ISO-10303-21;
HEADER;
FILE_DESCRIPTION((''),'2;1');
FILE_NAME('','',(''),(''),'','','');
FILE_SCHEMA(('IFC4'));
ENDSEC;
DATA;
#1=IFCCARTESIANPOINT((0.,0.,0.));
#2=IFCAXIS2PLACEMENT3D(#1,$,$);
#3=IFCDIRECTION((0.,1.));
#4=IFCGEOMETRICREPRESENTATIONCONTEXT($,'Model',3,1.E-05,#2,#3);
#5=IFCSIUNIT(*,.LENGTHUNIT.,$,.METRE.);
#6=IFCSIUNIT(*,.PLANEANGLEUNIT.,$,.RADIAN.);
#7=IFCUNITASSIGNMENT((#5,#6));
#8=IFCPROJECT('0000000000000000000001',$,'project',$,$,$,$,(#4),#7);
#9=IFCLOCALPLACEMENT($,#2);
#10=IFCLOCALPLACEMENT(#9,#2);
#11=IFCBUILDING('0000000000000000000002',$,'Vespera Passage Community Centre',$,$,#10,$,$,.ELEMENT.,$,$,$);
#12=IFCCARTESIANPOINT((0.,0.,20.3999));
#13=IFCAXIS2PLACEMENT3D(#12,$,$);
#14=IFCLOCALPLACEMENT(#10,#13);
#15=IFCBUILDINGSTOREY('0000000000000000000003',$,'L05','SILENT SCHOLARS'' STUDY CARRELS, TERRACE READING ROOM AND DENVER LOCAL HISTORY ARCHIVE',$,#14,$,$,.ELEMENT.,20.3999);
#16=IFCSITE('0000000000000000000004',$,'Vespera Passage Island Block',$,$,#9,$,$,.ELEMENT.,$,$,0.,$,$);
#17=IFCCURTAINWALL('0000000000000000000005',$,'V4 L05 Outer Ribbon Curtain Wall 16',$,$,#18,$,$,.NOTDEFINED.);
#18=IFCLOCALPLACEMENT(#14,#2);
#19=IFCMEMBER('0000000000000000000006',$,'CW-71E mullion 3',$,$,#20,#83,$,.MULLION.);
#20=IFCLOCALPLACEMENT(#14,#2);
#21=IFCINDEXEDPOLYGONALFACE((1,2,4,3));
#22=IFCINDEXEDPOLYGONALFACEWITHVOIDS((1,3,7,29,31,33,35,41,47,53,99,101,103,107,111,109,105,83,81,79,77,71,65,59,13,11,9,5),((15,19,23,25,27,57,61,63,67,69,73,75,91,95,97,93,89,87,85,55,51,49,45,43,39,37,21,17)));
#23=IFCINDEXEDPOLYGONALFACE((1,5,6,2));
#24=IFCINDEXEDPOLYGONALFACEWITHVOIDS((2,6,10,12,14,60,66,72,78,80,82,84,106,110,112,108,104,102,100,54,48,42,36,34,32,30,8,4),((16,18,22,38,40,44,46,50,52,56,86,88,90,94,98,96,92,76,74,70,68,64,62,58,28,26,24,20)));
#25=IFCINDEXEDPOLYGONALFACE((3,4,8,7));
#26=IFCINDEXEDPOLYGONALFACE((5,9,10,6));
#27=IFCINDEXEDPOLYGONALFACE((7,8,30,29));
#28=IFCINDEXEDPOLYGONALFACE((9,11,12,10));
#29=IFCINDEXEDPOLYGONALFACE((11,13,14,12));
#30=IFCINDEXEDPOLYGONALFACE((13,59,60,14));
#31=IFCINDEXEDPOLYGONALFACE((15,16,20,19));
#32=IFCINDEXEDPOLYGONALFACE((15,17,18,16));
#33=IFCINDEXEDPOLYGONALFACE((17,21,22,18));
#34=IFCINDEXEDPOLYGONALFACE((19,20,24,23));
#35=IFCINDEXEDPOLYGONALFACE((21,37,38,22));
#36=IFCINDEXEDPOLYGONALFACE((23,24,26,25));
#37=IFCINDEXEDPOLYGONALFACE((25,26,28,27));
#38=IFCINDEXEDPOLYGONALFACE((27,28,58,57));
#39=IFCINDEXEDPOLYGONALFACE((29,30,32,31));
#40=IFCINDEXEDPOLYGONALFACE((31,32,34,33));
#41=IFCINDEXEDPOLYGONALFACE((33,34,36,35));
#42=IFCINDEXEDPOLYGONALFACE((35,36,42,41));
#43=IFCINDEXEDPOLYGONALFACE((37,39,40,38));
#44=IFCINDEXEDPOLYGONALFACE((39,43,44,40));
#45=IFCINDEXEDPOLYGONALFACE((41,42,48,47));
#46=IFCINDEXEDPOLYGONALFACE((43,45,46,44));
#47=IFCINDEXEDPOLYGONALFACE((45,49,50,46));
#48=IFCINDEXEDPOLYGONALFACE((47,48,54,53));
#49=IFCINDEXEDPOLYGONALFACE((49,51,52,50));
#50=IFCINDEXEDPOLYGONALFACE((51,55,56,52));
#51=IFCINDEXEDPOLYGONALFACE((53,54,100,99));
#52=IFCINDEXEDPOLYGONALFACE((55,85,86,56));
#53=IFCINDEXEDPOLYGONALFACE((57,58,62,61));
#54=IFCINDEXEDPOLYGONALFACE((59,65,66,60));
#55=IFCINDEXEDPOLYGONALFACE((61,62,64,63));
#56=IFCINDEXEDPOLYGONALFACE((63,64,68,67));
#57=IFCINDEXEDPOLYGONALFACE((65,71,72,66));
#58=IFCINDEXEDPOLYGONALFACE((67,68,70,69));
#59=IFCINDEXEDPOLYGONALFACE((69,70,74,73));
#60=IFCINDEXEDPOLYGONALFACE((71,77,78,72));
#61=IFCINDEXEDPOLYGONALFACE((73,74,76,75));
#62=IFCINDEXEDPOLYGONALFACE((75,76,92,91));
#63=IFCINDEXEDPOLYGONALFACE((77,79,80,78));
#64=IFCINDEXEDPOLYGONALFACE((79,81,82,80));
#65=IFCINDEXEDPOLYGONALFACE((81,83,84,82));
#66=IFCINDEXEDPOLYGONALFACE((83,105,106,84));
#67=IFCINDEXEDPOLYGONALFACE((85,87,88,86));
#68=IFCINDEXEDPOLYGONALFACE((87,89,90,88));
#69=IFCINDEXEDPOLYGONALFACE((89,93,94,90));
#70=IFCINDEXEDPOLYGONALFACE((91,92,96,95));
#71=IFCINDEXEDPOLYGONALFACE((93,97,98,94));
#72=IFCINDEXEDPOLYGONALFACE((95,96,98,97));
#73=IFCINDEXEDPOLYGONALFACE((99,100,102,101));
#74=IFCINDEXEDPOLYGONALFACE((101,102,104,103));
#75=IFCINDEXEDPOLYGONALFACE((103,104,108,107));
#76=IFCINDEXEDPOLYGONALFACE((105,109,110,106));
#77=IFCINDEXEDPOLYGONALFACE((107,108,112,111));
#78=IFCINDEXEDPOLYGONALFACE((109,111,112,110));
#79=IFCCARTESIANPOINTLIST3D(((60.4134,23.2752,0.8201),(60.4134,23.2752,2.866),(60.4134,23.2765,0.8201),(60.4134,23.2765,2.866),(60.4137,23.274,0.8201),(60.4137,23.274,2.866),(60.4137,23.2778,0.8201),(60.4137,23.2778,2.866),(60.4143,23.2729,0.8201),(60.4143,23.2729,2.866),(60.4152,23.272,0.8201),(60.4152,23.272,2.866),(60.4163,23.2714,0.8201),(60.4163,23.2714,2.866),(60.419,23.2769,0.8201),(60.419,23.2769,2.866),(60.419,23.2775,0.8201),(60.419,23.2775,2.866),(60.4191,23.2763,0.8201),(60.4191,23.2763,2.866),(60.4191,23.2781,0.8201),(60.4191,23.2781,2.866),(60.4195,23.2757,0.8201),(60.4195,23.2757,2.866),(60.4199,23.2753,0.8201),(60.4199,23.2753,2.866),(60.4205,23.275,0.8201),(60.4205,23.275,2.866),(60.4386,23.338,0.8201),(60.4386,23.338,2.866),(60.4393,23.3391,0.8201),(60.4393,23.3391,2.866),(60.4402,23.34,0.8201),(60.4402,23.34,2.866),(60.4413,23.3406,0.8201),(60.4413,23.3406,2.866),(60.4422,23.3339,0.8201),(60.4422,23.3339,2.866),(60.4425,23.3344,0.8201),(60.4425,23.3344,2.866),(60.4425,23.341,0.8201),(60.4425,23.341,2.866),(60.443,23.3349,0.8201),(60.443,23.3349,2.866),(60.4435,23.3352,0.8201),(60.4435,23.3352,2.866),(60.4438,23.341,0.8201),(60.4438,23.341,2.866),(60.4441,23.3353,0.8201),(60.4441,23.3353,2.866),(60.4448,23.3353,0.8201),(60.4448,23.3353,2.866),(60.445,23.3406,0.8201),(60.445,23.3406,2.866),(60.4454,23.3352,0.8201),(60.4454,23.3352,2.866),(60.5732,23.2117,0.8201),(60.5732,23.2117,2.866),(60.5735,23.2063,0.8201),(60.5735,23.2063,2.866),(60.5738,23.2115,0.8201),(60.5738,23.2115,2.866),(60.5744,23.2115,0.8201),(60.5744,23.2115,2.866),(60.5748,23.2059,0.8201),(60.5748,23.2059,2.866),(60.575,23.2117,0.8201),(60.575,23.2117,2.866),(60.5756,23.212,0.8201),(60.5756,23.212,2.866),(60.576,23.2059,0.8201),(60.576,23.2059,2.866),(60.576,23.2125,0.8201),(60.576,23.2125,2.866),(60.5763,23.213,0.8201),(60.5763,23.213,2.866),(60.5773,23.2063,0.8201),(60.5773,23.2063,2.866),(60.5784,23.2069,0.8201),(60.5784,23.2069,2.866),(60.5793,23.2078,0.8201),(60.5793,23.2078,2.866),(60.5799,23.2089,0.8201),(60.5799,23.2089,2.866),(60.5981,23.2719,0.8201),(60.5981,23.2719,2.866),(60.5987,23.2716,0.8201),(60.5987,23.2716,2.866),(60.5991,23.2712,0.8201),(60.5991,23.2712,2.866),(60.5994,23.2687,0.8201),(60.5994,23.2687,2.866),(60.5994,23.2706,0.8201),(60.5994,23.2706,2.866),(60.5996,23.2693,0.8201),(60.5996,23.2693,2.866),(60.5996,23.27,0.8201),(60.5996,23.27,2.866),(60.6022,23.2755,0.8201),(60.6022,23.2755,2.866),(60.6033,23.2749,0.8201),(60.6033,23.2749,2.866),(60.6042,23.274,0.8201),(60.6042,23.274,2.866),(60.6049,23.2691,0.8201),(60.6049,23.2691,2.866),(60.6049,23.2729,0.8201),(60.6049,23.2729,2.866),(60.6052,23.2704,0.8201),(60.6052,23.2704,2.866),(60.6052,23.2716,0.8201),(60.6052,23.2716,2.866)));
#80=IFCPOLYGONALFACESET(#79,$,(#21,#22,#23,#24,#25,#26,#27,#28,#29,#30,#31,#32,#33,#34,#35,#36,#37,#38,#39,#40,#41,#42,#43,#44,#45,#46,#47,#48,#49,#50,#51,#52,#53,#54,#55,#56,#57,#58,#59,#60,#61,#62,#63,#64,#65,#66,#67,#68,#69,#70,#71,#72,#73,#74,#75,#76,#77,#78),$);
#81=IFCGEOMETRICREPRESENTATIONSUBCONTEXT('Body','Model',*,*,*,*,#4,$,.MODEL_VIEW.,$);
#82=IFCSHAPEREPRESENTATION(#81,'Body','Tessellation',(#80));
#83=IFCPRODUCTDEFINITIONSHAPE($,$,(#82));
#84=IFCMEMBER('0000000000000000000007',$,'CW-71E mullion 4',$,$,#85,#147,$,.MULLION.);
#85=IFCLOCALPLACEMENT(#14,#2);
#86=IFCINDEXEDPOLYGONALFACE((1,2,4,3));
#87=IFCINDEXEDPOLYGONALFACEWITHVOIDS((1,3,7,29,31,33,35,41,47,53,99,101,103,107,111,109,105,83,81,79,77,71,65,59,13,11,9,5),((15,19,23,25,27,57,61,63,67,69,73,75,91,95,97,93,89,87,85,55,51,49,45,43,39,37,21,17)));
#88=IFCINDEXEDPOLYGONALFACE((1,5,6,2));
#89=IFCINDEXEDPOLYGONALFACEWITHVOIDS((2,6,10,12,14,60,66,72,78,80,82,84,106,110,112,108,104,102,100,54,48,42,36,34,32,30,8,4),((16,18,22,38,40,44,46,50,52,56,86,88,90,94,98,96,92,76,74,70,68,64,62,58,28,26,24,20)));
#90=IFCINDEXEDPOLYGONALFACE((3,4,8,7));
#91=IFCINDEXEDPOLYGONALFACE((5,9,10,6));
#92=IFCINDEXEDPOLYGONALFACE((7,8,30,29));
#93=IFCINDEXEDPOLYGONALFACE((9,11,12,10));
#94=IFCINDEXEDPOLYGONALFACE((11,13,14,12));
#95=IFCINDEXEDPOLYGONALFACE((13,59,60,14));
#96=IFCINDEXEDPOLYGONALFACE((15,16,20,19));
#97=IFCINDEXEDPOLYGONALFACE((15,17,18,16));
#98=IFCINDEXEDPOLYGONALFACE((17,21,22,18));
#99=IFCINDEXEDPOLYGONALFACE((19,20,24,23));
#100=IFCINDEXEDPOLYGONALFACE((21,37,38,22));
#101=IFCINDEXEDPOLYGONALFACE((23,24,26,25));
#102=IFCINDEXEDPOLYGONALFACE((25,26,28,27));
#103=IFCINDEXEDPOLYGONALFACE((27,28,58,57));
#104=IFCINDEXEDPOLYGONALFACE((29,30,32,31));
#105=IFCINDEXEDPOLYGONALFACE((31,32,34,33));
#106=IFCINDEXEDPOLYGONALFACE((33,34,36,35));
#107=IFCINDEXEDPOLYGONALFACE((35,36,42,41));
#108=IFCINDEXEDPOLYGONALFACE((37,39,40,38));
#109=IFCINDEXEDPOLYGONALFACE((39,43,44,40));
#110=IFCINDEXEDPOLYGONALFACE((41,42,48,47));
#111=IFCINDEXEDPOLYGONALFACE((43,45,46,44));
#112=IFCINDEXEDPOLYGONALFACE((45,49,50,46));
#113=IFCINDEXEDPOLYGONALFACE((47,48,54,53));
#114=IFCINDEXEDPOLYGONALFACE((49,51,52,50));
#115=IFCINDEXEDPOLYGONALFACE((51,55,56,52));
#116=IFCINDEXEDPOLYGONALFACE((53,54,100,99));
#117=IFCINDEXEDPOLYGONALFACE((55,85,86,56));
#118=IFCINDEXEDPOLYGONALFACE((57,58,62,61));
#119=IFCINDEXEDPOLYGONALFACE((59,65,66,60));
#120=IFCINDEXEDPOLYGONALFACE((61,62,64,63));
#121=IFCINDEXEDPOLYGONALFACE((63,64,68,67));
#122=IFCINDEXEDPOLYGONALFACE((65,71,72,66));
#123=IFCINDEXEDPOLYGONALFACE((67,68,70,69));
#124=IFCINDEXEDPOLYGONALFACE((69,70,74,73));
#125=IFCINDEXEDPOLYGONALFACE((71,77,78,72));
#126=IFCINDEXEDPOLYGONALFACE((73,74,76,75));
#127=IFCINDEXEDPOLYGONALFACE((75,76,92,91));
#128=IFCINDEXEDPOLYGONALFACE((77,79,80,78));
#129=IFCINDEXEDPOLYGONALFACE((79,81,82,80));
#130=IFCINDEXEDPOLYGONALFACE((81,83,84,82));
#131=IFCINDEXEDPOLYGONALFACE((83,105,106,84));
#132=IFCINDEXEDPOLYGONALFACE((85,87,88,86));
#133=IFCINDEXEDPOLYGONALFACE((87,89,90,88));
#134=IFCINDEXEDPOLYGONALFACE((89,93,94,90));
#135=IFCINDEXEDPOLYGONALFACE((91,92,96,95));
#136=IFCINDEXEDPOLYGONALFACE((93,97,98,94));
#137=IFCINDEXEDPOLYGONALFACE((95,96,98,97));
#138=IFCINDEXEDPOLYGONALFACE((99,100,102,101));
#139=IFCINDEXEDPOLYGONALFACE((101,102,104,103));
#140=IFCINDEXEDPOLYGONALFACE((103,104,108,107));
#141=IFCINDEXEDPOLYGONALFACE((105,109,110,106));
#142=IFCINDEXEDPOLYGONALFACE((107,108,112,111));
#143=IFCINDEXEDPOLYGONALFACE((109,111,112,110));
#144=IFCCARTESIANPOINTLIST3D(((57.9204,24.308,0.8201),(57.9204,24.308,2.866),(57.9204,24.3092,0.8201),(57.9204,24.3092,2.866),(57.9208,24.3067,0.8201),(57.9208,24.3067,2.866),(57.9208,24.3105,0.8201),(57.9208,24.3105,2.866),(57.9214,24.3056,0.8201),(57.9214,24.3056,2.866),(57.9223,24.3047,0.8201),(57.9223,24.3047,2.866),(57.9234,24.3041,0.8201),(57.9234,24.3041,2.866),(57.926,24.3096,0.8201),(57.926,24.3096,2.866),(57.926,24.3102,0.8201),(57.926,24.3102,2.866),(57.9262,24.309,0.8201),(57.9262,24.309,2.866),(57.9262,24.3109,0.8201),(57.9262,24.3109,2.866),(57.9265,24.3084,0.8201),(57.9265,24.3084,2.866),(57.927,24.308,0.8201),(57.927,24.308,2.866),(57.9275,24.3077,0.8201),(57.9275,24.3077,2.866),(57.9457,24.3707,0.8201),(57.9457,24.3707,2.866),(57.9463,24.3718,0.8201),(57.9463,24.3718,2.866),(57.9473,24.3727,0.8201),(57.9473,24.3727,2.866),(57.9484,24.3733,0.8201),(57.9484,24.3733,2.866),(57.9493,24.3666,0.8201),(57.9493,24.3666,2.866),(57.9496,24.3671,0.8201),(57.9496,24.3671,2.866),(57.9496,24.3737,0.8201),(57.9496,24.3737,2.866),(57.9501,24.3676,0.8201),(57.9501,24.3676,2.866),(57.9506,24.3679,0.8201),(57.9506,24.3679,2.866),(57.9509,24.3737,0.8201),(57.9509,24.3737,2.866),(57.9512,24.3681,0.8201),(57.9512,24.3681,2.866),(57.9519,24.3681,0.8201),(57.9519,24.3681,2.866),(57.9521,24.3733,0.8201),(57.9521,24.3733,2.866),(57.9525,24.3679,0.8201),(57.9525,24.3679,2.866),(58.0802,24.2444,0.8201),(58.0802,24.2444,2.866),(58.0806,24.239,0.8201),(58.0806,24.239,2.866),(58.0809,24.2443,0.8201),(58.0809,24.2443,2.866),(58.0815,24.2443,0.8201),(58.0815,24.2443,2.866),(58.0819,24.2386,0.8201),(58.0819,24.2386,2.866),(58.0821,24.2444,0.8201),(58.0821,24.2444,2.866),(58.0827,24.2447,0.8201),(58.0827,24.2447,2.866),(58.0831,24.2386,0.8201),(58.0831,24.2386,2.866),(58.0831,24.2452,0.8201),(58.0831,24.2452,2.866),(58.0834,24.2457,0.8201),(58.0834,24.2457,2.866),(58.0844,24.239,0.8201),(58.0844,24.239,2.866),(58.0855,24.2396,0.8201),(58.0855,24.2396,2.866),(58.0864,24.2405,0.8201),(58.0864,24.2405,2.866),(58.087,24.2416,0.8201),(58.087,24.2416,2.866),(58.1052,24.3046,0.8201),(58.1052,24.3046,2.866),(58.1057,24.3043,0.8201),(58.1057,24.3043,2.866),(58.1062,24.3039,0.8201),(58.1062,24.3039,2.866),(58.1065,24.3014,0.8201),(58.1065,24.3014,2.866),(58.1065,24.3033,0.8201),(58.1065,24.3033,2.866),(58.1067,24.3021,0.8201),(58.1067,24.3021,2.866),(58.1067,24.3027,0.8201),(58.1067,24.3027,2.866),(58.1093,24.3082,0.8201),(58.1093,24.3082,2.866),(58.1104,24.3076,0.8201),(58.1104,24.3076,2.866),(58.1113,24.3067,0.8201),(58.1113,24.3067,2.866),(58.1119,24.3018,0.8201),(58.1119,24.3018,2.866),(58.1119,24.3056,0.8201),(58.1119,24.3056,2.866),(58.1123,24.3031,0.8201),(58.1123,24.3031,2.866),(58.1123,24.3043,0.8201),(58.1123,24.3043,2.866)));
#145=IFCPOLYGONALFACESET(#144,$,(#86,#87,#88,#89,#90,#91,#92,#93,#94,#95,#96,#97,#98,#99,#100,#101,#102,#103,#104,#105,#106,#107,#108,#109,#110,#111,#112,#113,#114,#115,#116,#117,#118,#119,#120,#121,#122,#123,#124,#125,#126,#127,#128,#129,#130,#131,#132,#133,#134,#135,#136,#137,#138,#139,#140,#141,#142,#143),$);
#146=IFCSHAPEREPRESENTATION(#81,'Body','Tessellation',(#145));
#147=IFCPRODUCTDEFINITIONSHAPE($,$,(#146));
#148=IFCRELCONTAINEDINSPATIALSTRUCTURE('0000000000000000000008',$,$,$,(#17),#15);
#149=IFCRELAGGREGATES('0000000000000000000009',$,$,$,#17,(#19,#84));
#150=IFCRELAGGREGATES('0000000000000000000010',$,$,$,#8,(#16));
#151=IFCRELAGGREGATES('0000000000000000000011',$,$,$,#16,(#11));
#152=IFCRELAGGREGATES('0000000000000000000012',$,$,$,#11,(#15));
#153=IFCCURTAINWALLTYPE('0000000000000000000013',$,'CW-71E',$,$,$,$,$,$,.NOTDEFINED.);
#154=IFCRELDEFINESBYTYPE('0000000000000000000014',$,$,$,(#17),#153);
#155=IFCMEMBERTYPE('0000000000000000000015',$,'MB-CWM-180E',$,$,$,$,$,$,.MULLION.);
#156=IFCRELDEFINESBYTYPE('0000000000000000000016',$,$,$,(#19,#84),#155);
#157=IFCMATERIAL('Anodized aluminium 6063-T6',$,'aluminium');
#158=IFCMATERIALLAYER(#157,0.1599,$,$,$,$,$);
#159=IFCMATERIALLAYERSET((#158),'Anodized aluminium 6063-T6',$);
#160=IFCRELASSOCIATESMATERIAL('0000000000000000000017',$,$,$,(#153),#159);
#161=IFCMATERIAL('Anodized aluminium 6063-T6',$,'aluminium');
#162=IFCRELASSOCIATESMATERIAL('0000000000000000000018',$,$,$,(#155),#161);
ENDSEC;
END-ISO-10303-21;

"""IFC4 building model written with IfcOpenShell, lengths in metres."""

from ifc_helpers import new_model, si_unit, direction, frame, origin, origin_2d, place, context, subcontext, project, spatial, hollow_rectangle, extrude, material, layer, layer_set, material_profile, profile_set, type_object, element, aggregate, save


model = new_model("IFC4")

# Units and contexts
model_context = context("Model", 3, precision=1e-05, world=origin(), true_north=direction((0.0, 1.0)))
body_context = subcontext(model_context, "Body", "Model", "MODEL_VIEW")
ifc_project = project(units=[si_unit("LENGTHUNIT", "METRE"), si_unit("PLANEANGLEUNIT", "RADIAN")], contexts=[model_context])

# Site, building, storey
site_placement = place(None, origin())
site = spatial("IfcSite", under=ifc_project, at=site_placement, Name="Vespera Passage Island Block", CompositionType="ELEMENT", RefElevation=0.0)
building_placement = place(site_placement, origin())
building = spatial("IfcBuilding", under=site, at=building_placement, Name="Vespera Passage Community Centre", CompositionType="ELEMENT")
storey_placement = place(building_placement, frame((0.0, 0.0, 20.3999)))
storey = spatial("IfcBuildingStorey", under=building, at=storey_placement, Name="L05", Description="SILENT SCHOLARS' STUDY CARRELS, TERRACE READING ROOM AND DENVER LOCAL HISTORY ARCHIVE", CompositionType="ELEMENT", Elevation=20.3999)

# Curtain wall, members
ifc_material_1 = material(Name="Anodized aluminium 6063-T6", Category="aluminium")
ifc_layer_1 = layer(ifc_material_1, 0.1599)
ifc_layer_set_1 = layer_set([ifc_layer_1], Name="Anodized aluminium 6063-T6")
curtain_wall_type_1 = type_object("IfcCurtainWallType", Name="CW-71E", PredefinedType="NOTDEFINED", material=ifc_layer_set_1)
curtain_wall_1_placement = place(storey_placement, origin())
curtain_wall_1 = element("IfcCurtainWall", 1, at=curtain_wall_1_placement, inside=storey, type_object=curtain_wall_type_1, Name="V4 L05 Outer Ribbon Curtain Wall 16", PredefinedType="NOTDEFINED")
ifc_material_2 = material(Name="Anodized aluminium 6063-T6", Category="aluminium")
ifc_material_profile_1 = material_profile(ifc_material_2, hollow_rectangle(XDim=0.075, YDim=0.1799, WallThickness=0.0049, InnerFilletRadius=0.0024, OuterFilletRadius=0.0049, at=origin_2d()), Name="ALU180X75X5")
ifc_profile_set_1 = profile_set([ifc_material_profile_1], Name="Anodized aluminium 6063-T6")
member_type_1 = type_object("IfcMemberType", Name="MB-CWM-180E", PredefinedType="MULLION", material=ifc_profile_set_1)
member_1_placement = place(storey_placement, frame((60.5093, 23.2734, 0.8201), z_axis=(0.0, 0.0, 1.0), x_axis=(-0.382683, -0.92388, 0.0)))
member_1 = element("IfcMember", 2, at=member_1_placement, type_object=member_type_1, Name="CW-71E mullion 3", PredefinedType="MULLION", context=body_context, shape_type="SweptSolid", body=[
    extrude(hollow_rectangle(XDim=0.075, YDim=0.1799, WallThickness=0.0049, InnerFilletRadius=0.0024, OuterFilletRadius=0.0049, at=origin_2d()), origin(), (0.0, 0.0, 1.0), 2.0459),
])
member_2_placement = place(storey_placement, frame((58.0164, 24.3062, 0.8201), z_axis=(0.0, 0.0, 1.0), x_axis=(-0.382683, -0.92388, 0.0)))
member_2 = element("IfcMember", 3, at=member_2_placement, type_object=member_type_1, Name="CW-71E mullion 4", PredefinedType="MULLION", context=body_context, shape_type="SweptSolid", body=[
    extrude(hollow_rectangle(XDim=0.075, YDim=0.1799, WallThickness=0.0049, InnerFilletRadius=0.0024, OuterFilletRadius=0.0049, at=origin_2d()), origin(), (0.0, 0.0, 1.0), 2.0459),
])

aggregate(curtain_wall_1, [member_1, member_2])

save(model, "model.ifc")
